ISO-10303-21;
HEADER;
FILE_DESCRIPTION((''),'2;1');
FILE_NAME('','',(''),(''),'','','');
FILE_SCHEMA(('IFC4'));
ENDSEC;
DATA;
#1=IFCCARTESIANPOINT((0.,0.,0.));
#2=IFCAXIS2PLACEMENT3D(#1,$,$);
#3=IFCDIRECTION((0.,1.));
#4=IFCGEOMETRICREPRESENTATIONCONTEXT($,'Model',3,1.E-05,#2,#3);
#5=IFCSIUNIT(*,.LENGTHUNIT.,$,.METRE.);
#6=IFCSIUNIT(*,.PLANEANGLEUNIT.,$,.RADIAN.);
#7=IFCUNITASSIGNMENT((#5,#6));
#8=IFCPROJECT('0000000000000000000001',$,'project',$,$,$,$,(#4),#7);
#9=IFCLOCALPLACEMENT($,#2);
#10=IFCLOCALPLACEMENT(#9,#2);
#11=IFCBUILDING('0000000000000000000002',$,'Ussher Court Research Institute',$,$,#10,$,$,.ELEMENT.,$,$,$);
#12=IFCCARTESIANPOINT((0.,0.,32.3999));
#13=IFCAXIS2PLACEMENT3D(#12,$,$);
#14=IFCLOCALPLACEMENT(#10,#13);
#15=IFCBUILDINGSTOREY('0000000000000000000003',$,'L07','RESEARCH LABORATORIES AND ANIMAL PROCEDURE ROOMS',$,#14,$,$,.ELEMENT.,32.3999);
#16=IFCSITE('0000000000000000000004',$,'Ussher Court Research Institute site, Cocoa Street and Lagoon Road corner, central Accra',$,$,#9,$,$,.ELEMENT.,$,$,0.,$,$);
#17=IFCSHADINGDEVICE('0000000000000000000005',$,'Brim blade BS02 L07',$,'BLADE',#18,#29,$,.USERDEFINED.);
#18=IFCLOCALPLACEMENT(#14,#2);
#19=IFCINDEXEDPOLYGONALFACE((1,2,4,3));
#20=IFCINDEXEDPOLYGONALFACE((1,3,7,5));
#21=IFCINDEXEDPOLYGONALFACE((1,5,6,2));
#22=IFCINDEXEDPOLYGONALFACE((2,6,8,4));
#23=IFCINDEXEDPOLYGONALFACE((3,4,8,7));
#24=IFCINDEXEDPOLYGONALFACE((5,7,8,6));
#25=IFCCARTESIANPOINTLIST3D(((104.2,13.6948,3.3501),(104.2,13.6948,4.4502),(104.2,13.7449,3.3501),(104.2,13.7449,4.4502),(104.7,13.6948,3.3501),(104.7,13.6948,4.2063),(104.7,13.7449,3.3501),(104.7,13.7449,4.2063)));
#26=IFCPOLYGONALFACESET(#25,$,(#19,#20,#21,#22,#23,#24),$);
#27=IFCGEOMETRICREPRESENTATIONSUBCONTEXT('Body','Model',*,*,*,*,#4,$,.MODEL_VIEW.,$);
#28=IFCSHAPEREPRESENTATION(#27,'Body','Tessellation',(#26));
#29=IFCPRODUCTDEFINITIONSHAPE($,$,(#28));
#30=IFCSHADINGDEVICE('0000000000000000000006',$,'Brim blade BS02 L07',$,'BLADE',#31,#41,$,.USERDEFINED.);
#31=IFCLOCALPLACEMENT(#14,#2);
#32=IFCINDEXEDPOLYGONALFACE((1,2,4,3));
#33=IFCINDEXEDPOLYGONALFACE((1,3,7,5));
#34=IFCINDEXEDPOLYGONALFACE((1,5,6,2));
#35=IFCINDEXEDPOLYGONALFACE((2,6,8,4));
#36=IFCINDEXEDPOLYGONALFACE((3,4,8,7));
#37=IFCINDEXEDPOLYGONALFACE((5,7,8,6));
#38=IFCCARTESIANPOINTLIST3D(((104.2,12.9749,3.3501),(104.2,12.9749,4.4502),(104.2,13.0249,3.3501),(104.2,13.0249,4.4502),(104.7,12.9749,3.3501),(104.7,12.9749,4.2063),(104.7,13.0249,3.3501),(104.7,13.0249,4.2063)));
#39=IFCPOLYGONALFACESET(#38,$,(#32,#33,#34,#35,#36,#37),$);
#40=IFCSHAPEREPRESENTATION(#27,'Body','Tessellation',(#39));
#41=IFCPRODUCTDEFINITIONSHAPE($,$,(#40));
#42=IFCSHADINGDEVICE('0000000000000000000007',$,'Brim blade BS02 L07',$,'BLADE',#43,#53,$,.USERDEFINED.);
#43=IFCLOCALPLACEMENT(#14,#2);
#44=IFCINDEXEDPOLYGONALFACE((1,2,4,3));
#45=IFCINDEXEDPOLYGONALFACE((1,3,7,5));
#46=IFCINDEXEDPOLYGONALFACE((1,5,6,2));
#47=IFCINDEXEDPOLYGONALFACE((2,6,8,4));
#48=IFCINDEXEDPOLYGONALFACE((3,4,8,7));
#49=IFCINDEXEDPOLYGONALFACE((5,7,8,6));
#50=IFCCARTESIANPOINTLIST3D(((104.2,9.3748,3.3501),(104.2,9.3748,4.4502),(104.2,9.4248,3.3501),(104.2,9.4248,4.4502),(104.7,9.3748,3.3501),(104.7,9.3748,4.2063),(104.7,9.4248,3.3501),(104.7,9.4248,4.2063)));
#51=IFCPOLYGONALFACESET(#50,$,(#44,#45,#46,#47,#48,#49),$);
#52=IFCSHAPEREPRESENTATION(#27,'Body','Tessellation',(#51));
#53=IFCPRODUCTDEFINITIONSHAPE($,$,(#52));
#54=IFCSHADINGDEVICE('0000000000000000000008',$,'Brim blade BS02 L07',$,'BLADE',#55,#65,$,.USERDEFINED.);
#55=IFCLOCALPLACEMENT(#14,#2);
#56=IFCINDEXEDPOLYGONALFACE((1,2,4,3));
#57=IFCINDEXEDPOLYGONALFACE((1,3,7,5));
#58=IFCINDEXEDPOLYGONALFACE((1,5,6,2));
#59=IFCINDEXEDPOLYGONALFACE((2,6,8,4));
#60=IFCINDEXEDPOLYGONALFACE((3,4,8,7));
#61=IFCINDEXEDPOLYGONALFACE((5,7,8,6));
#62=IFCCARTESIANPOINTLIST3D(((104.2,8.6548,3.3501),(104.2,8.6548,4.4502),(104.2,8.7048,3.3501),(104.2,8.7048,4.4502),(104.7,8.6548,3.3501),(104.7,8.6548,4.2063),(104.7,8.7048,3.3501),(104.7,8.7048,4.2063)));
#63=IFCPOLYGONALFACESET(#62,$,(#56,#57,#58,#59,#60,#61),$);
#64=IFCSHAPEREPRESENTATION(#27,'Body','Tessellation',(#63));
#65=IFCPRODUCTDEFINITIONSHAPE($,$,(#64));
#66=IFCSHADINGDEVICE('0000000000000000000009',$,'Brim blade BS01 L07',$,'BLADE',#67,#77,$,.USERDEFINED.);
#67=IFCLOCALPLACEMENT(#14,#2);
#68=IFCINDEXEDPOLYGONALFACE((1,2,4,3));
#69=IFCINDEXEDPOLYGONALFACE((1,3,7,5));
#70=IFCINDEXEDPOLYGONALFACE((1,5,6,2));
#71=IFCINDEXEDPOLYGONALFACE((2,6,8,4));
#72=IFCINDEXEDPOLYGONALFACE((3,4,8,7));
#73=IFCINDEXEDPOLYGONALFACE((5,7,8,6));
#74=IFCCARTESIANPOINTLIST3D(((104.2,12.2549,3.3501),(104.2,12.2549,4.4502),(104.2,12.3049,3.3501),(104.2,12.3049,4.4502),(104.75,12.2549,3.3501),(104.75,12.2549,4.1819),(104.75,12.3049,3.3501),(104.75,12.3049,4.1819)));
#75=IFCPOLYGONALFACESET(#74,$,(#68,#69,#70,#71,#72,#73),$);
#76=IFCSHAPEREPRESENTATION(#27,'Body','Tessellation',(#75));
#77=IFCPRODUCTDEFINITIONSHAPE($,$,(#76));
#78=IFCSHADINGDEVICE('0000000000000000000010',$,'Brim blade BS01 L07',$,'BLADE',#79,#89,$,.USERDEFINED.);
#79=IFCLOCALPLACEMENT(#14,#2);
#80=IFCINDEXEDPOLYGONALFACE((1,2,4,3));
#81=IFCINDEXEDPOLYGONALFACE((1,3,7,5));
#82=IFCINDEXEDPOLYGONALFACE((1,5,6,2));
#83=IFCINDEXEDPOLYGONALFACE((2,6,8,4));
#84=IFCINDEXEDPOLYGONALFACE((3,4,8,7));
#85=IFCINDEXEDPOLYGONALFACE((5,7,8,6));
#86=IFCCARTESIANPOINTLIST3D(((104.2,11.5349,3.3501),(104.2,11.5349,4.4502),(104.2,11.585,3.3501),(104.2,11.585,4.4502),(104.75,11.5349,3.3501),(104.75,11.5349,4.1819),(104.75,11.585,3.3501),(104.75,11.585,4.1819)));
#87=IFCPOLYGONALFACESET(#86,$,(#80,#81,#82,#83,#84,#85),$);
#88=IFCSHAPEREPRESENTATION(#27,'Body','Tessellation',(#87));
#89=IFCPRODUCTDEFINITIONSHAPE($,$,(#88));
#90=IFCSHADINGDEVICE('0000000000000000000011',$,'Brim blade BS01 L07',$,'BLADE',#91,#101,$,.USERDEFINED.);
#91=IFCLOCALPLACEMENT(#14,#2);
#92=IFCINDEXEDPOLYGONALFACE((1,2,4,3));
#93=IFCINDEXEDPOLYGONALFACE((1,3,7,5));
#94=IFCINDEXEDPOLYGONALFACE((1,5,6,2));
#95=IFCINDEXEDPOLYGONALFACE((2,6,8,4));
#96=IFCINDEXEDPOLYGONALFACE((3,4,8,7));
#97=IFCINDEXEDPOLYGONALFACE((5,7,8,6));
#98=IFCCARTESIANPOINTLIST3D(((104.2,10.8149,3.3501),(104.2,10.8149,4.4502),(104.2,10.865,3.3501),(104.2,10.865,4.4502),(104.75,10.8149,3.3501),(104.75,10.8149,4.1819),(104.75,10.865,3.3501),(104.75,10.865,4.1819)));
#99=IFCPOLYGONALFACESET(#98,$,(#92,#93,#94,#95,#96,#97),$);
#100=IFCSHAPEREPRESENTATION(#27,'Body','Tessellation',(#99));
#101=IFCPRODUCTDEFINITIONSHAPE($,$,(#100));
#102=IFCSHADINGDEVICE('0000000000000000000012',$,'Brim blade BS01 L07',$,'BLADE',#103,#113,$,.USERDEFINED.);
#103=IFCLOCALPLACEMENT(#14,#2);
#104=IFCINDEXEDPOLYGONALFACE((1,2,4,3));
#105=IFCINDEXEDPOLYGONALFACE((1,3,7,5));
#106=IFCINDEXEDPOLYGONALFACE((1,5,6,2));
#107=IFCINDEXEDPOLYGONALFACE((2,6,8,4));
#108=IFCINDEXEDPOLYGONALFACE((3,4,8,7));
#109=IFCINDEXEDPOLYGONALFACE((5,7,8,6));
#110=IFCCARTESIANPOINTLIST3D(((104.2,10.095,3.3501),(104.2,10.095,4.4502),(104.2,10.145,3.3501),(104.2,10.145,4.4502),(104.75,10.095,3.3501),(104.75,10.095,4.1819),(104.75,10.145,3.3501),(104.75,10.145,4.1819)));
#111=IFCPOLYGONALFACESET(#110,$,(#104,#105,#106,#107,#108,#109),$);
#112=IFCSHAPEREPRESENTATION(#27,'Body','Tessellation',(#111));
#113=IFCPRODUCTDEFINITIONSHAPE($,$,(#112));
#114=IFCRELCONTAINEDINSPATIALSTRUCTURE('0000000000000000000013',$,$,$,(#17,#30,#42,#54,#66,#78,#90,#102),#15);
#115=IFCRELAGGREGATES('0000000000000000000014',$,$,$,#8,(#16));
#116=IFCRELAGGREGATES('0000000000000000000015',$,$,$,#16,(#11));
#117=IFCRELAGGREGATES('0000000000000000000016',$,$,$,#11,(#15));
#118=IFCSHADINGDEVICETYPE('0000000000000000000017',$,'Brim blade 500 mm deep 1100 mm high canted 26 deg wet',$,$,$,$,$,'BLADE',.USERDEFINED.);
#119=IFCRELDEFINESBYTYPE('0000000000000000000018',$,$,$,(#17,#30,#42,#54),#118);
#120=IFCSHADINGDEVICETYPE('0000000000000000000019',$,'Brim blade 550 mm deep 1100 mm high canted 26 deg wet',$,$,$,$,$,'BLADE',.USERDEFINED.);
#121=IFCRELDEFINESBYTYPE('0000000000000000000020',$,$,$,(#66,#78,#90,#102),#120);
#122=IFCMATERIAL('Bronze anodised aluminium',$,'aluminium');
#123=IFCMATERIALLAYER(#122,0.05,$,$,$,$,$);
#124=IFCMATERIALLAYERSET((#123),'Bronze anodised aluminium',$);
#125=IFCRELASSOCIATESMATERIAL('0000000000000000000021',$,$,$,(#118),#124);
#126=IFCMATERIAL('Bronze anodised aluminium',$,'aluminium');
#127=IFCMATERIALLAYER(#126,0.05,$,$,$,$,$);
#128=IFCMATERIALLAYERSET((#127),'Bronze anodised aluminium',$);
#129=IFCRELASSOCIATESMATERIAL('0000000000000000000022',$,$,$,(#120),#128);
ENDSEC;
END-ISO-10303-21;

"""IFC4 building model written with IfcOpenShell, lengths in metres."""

from ifc_helpers import new_model, si_unit, direction, frame, origin, place, context, subcontext, project, spatial, polyline, outline, extrude, material, layer, layer_set, type_object, element, save


model = new_model("IFC4")

# Units and contexts
model_context = context("Model", 3, precision=1e-05, world=origin(), true_north=direction((0.0, 1.0)))
body_context = subcontext(model_context, "Body", "Model", "MODEL_VIEW")
ifc_project = project(units=[si_unit("LENGTHUNIT", "METRE"), si_unit("PLANEANGLEUNIT", "RADIAN")], contexts=[model_context])

# Site, building, storey
site_placement = place(None, origin())
site = spatial("IfcSite", under=ifc_project, at=site_placement, Name="Ussher Court Research Institute site, Cocoa Street and Lagoon Road corner, central Accra", CompositionType="ELEMENT", RefElevation=0.0)
building_placement = place(site_placement, origin())
building = spatial("IfcBuilding", under=site, at=building_placement, Name="Ussher Court Research Institute", CompositionType="ELEMENT")
storey_placement = place(building_placement, frame((0.0, 0.0, 32.3999)))
storey = spatial("IfcBuildingStorey", under=building, at=storey_placement, Name="L07", Description="RESEARCH LABORATORIES AND ANIMAL PROCEDURE ROOMS", CompositionType="ELEMENT", Elevation=32.3999)

# Shading devices
ifc_material_1 = material(Name="Bronze anodised aluminium", Category="aluminium")
ifc_layer_1 = layer(ifc_material_1, 0.05)
ifc_layer_set_1 = layer_set([ifc_layer_1], Name="Bronze anodised aluminium")
shading_device_type_1 = type_object("IfcShadingDeviceType", Name="Brim blade 500 mm deep 1100 mm high canted 26 deg wet", ElementType="BLADE", PredefinedType="USERDEFINED", material=ifc_layer_set_1)
for number, where, z_axis, x_axis, name in (
    (1, (104.2, 13.72, 3.3501), (0.0, 0.0, 1.0), (1.0, 0.0, 0.0), "Brim blade BS02 L07"),
    (2, (104.2, 13.0, 3.3501), (0.0, 0.0, 1.0), (1.0, 0.0, 0.0), "Brim blade BS02 L07"),
    (3, (104.2, 9.3999, 3.3501), (0.0, 0.0, 1.0), (1.0, 0.0, 0.0), "Brim blade BS02 L07"),
    (4, (104.2, 8.6799, 3.3501), (0.0, 0.0, 1.0), (1.0, 0.0, 0.0), "Brim blade BS02 L07"),
):
    element("IfcShadingDevice", number, at=place(storey_placement, frame(where, z_axis=z_axis, x_axis=x_axis)), inside=storey, type_object=shading_device_type_1, Name=name, ObjectType="BLADE", PredefinedType="USERDEFINED", context=body_context, shape_type="SweptSolid", body=[
        extrude(outline(polyline([(0.0, 0.0), (0.5, 0.0), (0.5, 0.8562), (0.0, 1.1001), (0.0, 0.0)])), frame((0.0, 0.0249, 0.0), z_axis=(0.0, -1.0, 0.0), x_axis=(1.0, 0.0, 0.0)), (0.0, 0.0, 1.0), 0.05),
    ])
ifc_material_2 = material(Name="Bronze anodised aluminium", Category="aluminium")
ifc_layer_2 = layer(ifc_material_2, 0.05)
ifc_layer_set_2 = layer_set([ifc_layer_2], Name="Bronze anodised aluminium")
shading_device_type_2 = type_object("IfcShadingDeviceType", Name="Brim blade 550 mm deep 1100 mm high canted 26 deg wet", ElementType="BLADE", PredefinedType="USERDEFINED", material=ifc_layer_set_2)
for number, where, z_axis, x_axis, name in (
    (5, (104.2, 12.28, 3.3501), (0.0, 0.0, 1.0), (1.0, 0.0, 0.0), "Brim blade BS01 L07"),
    (6, (104.2, 11.5601, 3.3501), (0.0, 0.0, 1.0), (1.0, 0.0, 0.0), "Brim blade BS01 L07"),
    (7, (104.2, 10.8401, 3.3501), (0.0, 0.0, 1.0), (1.0, 0.0, 0.0), "Brim blade BS01 L07"),
    (8, (104.2, 10.1201, 3.3501), (0.0, 0.0, 1.0), (1.0, 0.0, 0.0), "Brim blade BS01 L07"),
):
    element("IfcShadingDevice", number, at=place(storey_placement, frame(where, z_axis=z_axis, x_axis=x_axis)), inside=storey, type_object=shading_device_type_2, Name=name, ObjectType="BLADE", PredefinedType="USERDEFINED", context=body_context, shape_type="SweptSolid", body=[
        extrude(outline(polyline([(0.0, 0.0), (0.55, 0.0), (0.55, 0.8318), (0.0, 1.1001), (0.0, 0.0)])), frame((0.0, 0.0249, 0.0), z_axis=(0.0, -1.0, 0.0), x_axis=(1.0, 0.0, 0.0)), (0.0, 0.0, 1.0), 0.05),
    ])

save(model, "model.ifc")
